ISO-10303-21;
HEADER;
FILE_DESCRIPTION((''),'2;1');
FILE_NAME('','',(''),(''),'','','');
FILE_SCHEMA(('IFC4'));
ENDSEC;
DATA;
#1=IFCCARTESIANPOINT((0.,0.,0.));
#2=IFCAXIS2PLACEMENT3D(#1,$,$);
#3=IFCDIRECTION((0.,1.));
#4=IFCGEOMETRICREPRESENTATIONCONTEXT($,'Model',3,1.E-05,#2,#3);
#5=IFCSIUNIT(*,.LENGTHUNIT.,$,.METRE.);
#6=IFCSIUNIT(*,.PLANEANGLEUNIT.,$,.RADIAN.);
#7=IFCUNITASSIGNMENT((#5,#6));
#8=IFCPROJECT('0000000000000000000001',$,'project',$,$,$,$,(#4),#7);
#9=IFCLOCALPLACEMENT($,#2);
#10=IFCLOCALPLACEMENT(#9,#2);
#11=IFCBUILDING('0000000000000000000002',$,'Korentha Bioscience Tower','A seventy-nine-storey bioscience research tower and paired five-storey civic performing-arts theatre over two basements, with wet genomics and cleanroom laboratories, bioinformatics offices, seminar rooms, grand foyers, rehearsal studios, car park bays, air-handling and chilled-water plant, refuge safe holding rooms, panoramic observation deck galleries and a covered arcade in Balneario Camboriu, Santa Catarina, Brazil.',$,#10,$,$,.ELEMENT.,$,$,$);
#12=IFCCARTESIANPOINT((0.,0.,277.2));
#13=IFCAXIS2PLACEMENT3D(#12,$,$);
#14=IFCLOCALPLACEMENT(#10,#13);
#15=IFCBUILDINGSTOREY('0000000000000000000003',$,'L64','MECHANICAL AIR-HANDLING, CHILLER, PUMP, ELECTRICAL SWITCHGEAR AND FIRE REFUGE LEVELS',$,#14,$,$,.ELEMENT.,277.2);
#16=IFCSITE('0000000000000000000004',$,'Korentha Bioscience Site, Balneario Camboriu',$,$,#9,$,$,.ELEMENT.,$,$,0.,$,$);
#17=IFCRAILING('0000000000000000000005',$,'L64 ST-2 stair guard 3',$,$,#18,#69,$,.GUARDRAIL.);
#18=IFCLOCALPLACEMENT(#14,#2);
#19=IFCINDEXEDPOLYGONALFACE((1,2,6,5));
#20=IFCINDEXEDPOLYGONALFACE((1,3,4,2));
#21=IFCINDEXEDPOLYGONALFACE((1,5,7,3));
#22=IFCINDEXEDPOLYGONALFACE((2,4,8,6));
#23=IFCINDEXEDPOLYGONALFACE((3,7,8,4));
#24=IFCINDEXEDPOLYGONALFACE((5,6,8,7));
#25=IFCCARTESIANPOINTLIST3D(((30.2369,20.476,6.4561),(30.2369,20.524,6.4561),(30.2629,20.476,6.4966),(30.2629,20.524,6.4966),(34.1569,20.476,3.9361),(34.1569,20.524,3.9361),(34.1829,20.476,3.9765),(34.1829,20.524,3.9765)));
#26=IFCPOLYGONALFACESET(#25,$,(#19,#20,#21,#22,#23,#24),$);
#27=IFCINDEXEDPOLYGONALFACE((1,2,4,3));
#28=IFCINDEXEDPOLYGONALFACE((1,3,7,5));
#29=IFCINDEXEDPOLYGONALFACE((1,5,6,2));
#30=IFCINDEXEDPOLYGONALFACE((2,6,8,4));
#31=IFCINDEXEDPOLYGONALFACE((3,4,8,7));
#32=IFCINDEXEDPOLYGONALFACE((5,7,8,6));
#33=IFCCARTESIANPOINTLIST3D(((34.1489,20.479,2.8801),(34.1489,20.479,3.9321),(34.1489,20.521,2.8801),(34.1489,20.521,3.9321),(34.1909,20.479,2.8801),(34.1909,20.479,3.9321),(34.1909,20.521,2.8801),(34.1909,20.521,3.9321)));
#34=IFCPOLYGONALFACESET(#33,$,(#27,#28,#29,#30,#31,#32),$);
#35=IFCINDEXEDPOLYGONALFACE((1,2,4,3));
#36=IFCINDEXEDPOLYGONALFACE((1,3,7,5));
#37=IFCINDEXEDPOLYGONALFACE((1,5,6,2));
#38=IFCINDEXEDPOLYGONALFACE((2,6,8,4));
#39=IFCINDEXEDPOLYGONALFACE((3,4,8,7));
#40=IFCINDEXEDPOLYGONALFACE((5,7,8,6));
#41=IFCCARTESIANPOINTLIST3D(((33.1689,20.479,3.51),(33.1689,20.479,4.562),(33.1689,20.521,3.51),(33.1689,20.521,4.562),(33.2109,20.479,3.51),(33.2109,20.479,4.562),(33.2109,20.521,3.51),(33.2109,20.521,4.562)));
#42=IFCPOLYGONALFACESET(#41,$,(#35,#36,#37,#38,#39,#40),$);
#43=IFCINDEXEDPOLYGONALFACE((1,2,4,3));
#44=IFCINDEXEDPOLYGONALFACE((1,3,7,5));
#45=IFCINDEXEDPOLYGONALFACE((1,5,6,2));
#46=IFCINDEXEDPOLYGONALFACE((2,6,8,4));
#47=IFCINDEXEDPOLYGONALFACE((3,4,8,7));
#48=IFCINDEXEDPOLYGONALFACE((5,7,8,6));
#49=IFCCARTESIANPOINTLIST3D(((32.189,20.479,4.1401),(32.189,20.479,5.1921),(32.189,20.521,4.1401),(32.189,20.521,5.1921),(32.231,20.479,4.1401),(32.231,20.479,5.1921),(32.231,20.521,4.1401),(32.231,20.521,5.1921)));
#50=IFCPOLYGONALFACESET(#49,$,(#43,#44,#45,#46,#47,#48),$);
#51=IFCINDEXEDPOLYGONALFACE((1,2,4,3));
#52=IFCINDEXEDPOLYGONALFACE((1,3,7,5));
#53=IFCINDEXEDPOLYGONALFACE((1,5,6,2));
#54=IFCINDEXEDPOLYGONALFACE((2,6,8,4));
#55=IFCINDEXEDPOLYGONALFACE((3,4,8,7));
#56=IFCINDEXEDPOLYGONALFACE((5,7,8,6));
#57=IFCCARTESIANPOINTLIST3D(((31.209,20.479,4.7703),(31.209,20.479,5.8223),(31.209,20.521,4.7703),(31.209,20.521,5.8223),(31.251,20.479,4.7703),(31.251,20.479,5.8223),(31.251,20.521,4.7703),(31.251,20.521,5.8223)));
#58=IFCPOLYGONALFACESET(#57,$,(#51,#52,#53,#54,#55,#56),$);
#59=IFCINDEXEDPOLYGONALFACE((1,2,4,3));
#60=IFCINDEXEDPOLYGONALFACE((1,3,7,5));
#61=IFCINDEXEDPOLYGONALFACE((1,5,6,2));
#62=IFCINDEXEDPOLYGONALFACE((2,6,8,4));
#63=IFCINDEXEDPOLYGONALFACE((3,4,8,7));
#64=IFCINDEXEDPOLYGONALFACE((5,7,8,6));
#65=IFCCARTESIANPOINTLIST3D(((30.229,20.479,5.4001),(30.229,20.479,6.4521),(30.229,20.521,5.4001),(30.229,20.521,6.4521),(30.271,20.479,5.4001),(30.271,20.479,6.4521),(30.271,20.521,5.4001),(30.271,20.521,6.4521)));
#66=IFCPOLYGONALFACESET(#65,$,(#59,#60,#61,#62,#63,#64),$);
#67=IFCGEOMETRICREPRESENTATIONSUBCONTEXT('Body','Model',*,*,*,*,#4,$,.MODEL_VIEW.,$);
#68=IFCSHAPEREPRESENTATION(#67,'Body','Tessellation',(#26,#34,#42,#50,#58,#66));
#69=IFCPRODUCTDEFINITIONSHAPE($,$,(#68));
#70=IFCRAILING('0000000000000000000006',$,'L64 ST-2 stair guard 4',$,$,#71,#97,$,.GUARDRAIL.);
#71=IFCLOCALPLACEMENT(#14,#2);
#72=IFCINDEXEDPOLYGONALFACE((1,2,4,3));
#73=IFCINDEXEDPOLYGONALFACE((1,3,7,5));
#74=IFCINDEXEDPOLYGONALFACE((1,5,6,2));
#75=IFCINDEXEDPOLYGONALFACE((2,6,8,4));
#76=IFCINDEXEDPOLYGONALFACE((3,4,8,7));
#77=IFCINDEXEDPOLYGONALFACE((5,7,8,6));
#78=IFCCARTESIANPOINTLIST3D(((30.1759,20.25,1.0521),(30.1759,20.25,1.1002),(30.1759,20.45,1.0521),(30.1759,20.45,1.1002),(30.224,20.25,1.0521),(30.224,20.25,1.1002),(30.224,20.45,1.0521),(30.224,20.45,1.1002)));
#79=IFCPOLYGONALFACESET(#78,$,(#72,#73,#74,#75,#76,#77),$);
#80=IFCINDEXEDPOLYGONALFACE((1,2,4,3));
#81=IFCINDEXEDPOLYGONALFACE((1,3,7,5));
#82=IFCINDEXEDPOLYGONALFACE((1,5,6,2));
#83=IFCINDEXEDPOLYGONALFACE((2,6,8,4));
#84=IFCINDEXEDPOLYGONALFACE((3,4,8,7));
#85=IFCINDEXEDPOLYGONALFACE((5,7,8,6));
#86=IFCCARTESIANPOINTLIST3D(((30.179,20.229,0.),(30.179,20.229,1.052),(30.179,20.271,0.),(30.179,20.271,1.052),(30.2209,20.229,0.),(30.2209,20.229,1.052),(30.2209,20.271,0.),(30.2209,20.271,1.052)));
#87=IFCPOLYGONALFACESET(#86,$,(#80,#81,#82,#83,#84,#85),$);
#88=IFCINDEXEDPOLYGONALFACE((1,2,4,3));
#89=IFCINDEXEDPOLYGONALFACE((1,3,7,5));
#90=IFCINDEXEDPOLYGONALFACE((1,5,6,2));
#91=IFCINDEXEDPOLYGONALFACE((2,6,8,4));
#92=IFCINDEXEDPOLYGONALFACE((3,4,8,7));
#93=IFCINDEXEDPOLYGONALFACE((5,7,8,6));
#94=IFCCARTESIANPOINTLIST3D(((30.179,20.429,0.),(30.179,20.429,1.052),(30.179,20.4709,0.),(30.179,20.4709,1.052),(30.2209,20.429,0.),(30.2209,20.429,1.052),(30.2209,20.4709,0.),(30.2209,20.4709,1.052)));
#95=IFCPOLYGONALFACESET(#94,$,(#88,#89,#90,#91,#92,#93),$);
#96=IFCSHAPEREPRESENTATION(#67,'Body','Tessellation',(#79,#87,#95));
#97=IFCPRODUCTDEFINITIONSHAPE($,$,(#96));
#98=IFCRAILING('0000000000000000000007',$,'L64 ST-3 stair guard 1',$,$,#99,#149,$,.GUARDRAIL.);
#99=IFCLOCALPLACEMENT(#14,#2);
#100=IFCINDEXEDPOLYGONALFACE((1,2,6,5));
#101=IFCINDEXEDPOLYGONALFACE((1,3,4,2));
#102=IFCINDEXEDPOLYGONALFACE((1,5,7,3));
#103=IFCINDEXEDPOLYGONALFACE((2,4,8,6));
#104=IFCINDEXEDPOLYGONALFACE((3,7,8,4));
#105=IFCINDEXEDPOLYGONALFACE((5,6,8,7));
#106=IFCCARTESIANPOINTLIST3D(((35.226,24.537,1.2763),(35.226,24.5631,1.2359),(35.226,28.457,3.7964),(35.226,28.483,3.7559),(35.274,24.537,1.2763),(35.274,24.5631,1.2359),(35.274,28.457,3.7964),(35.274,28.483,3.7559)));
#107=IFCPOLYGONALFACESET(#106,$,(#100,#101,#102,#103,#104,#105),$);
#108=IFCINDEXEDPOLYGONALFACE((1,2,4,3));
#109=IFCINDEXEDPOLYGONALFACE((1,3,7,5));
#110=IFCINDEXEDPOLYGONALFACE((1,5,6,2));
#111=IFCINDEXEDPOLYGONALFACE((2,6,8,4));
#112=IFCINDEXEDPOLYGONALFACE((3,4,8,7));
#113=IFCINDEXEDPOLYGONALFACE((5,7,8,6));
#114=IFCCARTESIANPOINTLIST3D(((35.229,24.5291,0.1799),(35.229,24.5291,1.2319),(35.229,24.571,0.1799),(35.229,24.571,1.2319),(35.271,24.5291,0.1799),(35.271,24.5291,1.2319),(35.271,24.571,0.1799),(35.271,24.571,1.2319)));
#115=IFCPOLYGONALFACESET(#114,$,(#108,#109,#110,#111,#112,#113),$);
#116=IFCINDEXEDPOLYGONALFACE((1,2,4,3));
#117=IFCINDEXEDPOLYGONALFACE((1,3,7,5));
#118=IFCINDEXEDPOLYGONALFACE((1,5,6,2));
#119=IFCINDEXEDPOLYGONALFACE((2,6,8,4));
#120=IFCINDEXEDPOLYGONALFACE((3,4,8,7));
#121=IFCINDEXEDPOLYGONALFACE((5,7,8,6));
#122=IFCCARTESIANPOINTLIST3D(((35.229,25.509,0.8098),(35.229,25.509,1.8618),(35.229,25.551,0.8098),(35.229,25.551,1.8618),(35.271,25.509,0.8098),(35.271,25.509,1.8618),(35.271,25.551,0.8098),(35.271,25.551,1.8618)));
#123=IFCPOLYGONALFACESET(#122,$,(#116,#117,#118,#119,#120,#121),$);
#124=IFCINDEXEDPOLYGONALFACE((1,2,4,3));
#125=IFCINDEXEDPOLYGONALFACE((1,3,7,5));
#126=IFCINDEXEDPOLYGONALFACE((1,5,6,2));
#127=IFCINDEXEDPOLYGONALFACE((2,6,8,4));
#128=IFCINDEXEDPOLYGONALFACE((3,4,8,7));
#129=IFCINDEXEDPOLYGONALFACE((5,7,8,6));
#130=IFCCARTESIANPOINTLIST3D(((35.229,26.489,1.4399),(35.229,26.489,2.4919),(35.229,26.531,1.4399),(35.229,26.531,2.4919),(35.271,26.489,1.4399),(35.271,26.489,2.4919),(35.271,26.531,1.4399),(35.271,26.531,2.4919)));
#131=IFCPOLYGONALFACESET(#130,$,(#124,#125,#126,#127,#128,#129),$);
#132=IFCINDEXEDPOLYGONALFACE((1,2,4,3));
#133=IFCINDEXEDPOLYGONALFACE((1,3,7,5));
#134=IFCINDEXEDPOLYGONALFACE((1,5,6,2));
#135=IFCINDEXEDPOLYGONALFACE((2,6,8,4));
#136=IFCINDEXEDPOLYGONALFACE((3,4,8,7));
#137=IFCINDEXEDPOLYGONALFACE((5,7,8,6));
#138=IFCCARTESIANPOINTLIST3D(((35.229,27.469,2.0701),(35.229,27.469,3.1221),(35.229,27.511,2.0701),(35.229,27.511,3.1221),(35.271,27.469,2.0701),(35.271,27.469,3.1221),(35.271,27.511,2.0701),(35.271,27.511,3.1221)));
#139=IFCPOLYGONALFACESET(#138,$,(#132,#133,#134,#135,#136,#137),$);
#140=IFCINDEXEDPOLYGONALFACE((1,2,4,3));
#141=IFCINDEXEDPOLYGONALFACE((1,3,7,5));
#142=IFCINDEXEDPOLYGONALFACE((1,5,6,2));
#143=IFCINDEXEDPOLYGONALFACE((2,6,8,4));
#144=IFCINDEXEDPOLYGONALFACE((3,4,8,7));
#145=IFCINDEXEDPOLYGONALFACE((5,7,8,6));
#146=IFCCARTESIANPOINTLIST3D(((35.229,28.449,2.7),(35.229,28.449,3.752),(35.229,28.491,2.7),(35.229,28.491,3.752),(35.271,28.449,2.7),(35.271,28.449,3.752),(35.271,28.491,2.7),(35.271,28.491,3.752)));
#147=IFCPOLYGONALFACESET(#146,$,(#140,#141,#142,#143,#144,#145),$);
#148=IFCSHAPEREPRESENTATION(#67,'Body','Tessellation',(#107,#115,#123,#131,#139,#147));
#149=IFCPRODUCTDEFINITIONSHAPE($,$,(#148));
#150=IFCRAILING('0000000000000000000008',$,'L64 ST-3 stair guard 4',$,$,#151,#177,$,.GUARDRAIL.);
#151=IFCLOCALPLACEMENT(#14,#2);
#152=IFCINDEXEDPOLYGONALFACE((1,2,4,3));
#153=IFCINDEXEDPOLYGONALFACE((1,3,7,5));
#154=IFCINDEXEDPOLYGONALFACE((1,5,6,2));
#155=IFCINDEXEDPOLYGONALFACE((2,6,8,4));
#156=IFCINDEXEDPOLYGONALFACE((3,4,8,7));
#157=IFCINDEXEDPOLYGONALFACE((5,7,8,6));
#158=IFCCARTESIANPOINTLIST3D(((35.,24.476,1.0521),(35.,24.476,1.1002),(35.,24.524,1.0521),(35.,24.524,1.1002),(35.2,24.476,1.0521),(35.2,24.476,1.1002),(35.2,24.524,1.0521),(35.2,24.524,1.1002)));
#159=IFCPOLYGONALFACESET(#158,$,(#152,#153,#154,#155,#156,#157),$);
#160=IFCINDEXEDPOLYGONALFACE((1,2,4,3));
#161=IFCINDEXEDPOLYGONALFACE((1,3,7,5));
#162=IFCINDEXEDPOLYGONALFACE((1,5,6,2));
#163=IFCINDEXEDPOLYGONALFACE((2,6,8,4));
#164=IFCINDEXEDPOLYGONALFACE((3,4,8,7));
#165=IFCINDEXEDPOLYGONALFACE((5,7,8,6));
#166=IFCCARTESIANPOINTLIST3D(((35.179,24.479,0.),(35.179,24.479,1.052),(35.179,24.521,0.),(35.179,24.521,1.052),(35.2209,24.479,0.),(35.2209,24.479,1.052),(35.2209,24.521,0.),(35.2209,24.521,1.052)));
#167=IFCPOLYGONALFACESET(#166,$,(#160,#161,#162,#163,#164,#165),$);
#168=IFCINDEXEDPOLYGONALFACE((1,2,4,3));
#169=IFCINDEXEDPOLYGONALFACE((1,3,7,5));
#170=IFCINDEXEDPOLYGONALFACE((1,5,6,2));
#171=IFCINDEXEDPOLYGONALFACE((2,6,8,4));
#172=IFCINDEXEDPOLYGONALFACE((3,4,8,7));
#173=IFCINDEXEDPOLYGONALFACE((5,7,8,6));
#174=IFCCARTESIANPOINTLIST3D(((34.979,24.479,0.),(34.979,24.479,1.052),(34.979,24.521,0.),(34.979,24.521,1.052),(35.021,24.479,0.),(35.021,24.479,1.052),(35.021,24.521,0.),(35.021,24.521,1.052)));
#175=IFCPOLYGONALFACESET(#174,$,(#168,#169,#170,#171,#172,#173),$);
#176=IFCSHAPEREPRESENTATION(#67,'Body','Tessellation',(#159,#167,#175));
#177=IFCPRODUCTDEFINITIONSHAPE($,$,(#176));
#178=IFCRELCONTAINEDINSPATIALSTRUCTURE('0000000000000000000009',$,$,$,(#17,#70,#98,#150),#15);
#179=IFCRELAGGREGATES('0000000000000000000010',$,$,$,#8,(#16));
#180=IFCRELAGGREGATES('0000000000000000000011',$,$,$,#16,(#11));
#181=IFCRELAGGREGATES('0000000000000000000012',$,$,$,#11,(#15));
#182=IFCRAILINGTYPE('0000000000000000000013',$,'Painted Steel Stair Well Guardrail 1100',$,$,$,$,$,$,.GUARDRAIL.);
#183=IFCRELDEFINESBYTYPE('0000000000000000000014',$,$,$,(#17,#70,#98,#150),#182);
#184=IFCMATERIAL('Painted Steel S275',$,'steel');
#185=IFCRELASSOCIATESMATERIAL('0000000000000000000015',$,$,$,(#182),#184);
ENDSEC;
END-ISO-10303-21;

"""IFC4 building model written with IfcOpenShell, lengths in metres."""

from ifc_helpers import new_model, si_unit, direction, frame, origin, origin_2d, place, context, subcontext, project, spatial, rectangle, extrude, material, type_object, element, save


model = new_model("IFC4")

# Units and contexts
model_context = context("Model", 3, precision=1e-05, world=origin(), true_north=direction((0.0, 1.0)))
body_context = subcontext(model_context, "Body", "Model", "MODEL_VIEW")
ifc_project = project(units=[si_unit("LENGTHUNIT", "METRE"), si_unit("PLANEANGLEUNIT", "RADIAN")], contexts=[model_context])

# Site, building, storey
site_placement = place(None, origin())
site = spatial("IfcSite", under=ifc_project, at=site_placement, Name="Korentha Bioscience Site, Balneario Camboriu", CompositionType="ELEMENT", RefElevation=0.0)
building_placement = place(site_placement, origin())
building = spatial("IfcBuilding", under=site, at=building_placement, Name="Korentha Bioscience Tower", Description="A seventy-nine-storey bioscience research tower and paired five-storey civic performing-arts theatre over two basements, with wet genomics and cleanroom laboratories, bioinformatics offices, seminar rooms, grand foyers, rehearsal studios, car park bays, air-handling and chilled-water plant, refuge safe holding rooms, panoramic observation deck galleries and a covered arcade in Balneario Camboriu, Santa Catarina, Brazil.", CompositionType="ELEMENT")
storey_placement = place(building_placement, frame((0.0, 0.0, 277.2)))
storey = spatial("IfcBuildingStorey", under=building, at=storey_placement, Name="L64", Description="MECHANICAL AIR-HANDLING, CHILLER, PUMP, ELECTRICAL SWITCHGEAR AND FIRE REFUGE LEVELS", CompositionType="ELEMENT", Elevation=277.2)

# Railings
ifc_material_1 = material(Name="Painted Steel S275", Category="steel")
railing_type_1 = type_object("IfcRailingType", Name="Painted Steel Stair Well Guardrail 1100", PredefinedType="GUARDRAIL", material=ifc_material_1)
railing_1_placement = place(storey_placement, frame((34.1699, 20.5, 2.8801)))
element("IfcRailing", 1, at=railing_1_placement, inside=storey, type_object=railing_type_1, Name="L64 ST-2 stair guard 3", PredefinedType="GUARDRAIL", context=body_context, shape_type="SweptSolid", body=[
    extrude(rectangle(XDim=0.0481, YDim=0.0481, at=origin_2d()), frame((0.0, 0.0, 1.0762), z_axis=(-0.841172, 0.0, 0.540768), x_axis=(0.0, -1.0, 0.0)), (0.0, 0.0, 1.0), 4.6602),
    extrude(rectangle(XDim=0.042, YDim=0.042, at=origin_2d()), origin(), (0.0, 0.0, 1.0), 1.052),
    extrude(rectangle(XDim=0.042, YDim=0.042, at=origin_2d()), frame((-0.98, 0.0, 0.6299)), (0.0, 0.0, 1.0), 1.052),
    extrude(rectangle(XDim=0.042, YDim=0.042, at=origin_2d()), frame((-1.96, 0.0, 1.26)), (0.0, 0.0, 1.0), 1.052),
    extrude(rectangle(XDim=0.042, YDim=0.042, at=origin_2d()), frame((-2.9399, 0.0, 1.8901)), (0.0, 0.0, 1.0), 1.052),
    extrude(rectangle(XDim=0.042, YDim=0.042, at=origin_2d()), frame((-3.9199, 0.0, 2.52)), (0.0, 0.0, 1.0), 1.052),
])
railing_2_placement = place(storey_placement, frame((30.2, 20.25, 0.0)))
element("IfcRailing", 2, at=railing_2_placement, inside=storey, type_object=railing_type_1, Name="L64 ST-2 stair guard 4", PredefinedType="GUARDRAIL", context=body_context, shape_type="SweptSolid", body=[
    extrude(rectangle(XDim=0.0481, YDim=0.0481, at=origin_2d()), frame((0.0, 0.0, 1.0762), z_axis=(0.0, 1.0, 0.0), x_axis=(-1.0, 0.0, 0.0)), (0.0, 0.0, 1.0), 0.2),
    extrude(rectangle(XDim=0.042, YDim=0.042, at=origin_2d()), origin(), (0.0, 0.0, 1.0), 1.052),
    extrude(rectangle(XDim=0.042, YDim=0.042, at=origin_2d()), frame((0.0, 0.2, 0.0)), (0.0, 0.0, 1.0), 1.052),
])
railing_3_placement = place(storey_placement, frame((35.25, 24.55, 0.1799)))
element("IfcRailing", 3, at=railing_3_placement, inside=storey, type_object=railing_type_1, Name="L64 ST-3 stair guard 1", PredefinedType="GUARDRAIL", context=body_context, shape_type="SweptSolid", body=[
    extrude(rectangle(XDim=0.0481, YDim=0.0481, at=origin_2d()), frame((0.0, 0.0, 1.0762), z_axis=(0.0, 0.841172, 0.540768), x_axis=(-1.0, 0.0, 0.0)), (0.0, 0.0, 1.0), 4.6602),
    extrude(rectangle(XDim=0.042, YDim=0.042, at=origin_2d()), origin(), (0.0, 0.0, 1.0), 1.052),
    extrude(rectangle(XDim=0.042, YDim=0.042, at=origin_2d()), frame((0.0, 0.98, 0.6299)), (0.0, 0.0, 1.0), 1.052),
    extrude(rectangle(XDim=0.042, YDim=0.042, at=origin_2d()), frame((0.0, 1.96, 1.26)), (0.0, 0.0, 1.0), 1.052),
    extrude(rectangle(XDim=0.042, YDim=0.042, at=origin_2d()), frame((0.0, 2.9399, 1.8901)), (0.0, 0.0, 1.0), 1.052),
    extrude(rectangle(XDim=0.042, YDim=0.042, at=origin_2d()), frame((0.0, 3.9199, 2.52)), (0.0, 0.0, 1.0), 1.052),
])
railing_4_placement = place(storey_placement, frame((35.2, 24.5, 0.0)))
element("IfcRailing", 4, at=railing_4_placement, inside=storey, type_object=railing_type_1, Name="L64 ST-3 stair guard 4", PredefinedType="GUARDRAIL", context=body_context, shape_type="SweptSolid", body=[
    extrude(rectangle(XDim=0.0481, YDim=0.0481, at=origin_2d()), frame((0.0, 0.0, 1.0762), z_axis=(-1.0, 0.0, 0.0), x_axis=(0.0, -1.0, 0.0)), (0.0, 0.0, 1.0), 0.2),
    extrude(rectangle(XDim=0.042, YDim=0.042, at=origin_2d()), origin(), (0.0, 0.0, 1.0), 1.052),
    extrude(rectangle(XDim=0.042, YDim=0.042, at=origin_2d()), frame((-0.2, 0.0, 0.0)), (0.0, 0.0, 1.0), 1.052),
])

save(model, "model.ifc")
